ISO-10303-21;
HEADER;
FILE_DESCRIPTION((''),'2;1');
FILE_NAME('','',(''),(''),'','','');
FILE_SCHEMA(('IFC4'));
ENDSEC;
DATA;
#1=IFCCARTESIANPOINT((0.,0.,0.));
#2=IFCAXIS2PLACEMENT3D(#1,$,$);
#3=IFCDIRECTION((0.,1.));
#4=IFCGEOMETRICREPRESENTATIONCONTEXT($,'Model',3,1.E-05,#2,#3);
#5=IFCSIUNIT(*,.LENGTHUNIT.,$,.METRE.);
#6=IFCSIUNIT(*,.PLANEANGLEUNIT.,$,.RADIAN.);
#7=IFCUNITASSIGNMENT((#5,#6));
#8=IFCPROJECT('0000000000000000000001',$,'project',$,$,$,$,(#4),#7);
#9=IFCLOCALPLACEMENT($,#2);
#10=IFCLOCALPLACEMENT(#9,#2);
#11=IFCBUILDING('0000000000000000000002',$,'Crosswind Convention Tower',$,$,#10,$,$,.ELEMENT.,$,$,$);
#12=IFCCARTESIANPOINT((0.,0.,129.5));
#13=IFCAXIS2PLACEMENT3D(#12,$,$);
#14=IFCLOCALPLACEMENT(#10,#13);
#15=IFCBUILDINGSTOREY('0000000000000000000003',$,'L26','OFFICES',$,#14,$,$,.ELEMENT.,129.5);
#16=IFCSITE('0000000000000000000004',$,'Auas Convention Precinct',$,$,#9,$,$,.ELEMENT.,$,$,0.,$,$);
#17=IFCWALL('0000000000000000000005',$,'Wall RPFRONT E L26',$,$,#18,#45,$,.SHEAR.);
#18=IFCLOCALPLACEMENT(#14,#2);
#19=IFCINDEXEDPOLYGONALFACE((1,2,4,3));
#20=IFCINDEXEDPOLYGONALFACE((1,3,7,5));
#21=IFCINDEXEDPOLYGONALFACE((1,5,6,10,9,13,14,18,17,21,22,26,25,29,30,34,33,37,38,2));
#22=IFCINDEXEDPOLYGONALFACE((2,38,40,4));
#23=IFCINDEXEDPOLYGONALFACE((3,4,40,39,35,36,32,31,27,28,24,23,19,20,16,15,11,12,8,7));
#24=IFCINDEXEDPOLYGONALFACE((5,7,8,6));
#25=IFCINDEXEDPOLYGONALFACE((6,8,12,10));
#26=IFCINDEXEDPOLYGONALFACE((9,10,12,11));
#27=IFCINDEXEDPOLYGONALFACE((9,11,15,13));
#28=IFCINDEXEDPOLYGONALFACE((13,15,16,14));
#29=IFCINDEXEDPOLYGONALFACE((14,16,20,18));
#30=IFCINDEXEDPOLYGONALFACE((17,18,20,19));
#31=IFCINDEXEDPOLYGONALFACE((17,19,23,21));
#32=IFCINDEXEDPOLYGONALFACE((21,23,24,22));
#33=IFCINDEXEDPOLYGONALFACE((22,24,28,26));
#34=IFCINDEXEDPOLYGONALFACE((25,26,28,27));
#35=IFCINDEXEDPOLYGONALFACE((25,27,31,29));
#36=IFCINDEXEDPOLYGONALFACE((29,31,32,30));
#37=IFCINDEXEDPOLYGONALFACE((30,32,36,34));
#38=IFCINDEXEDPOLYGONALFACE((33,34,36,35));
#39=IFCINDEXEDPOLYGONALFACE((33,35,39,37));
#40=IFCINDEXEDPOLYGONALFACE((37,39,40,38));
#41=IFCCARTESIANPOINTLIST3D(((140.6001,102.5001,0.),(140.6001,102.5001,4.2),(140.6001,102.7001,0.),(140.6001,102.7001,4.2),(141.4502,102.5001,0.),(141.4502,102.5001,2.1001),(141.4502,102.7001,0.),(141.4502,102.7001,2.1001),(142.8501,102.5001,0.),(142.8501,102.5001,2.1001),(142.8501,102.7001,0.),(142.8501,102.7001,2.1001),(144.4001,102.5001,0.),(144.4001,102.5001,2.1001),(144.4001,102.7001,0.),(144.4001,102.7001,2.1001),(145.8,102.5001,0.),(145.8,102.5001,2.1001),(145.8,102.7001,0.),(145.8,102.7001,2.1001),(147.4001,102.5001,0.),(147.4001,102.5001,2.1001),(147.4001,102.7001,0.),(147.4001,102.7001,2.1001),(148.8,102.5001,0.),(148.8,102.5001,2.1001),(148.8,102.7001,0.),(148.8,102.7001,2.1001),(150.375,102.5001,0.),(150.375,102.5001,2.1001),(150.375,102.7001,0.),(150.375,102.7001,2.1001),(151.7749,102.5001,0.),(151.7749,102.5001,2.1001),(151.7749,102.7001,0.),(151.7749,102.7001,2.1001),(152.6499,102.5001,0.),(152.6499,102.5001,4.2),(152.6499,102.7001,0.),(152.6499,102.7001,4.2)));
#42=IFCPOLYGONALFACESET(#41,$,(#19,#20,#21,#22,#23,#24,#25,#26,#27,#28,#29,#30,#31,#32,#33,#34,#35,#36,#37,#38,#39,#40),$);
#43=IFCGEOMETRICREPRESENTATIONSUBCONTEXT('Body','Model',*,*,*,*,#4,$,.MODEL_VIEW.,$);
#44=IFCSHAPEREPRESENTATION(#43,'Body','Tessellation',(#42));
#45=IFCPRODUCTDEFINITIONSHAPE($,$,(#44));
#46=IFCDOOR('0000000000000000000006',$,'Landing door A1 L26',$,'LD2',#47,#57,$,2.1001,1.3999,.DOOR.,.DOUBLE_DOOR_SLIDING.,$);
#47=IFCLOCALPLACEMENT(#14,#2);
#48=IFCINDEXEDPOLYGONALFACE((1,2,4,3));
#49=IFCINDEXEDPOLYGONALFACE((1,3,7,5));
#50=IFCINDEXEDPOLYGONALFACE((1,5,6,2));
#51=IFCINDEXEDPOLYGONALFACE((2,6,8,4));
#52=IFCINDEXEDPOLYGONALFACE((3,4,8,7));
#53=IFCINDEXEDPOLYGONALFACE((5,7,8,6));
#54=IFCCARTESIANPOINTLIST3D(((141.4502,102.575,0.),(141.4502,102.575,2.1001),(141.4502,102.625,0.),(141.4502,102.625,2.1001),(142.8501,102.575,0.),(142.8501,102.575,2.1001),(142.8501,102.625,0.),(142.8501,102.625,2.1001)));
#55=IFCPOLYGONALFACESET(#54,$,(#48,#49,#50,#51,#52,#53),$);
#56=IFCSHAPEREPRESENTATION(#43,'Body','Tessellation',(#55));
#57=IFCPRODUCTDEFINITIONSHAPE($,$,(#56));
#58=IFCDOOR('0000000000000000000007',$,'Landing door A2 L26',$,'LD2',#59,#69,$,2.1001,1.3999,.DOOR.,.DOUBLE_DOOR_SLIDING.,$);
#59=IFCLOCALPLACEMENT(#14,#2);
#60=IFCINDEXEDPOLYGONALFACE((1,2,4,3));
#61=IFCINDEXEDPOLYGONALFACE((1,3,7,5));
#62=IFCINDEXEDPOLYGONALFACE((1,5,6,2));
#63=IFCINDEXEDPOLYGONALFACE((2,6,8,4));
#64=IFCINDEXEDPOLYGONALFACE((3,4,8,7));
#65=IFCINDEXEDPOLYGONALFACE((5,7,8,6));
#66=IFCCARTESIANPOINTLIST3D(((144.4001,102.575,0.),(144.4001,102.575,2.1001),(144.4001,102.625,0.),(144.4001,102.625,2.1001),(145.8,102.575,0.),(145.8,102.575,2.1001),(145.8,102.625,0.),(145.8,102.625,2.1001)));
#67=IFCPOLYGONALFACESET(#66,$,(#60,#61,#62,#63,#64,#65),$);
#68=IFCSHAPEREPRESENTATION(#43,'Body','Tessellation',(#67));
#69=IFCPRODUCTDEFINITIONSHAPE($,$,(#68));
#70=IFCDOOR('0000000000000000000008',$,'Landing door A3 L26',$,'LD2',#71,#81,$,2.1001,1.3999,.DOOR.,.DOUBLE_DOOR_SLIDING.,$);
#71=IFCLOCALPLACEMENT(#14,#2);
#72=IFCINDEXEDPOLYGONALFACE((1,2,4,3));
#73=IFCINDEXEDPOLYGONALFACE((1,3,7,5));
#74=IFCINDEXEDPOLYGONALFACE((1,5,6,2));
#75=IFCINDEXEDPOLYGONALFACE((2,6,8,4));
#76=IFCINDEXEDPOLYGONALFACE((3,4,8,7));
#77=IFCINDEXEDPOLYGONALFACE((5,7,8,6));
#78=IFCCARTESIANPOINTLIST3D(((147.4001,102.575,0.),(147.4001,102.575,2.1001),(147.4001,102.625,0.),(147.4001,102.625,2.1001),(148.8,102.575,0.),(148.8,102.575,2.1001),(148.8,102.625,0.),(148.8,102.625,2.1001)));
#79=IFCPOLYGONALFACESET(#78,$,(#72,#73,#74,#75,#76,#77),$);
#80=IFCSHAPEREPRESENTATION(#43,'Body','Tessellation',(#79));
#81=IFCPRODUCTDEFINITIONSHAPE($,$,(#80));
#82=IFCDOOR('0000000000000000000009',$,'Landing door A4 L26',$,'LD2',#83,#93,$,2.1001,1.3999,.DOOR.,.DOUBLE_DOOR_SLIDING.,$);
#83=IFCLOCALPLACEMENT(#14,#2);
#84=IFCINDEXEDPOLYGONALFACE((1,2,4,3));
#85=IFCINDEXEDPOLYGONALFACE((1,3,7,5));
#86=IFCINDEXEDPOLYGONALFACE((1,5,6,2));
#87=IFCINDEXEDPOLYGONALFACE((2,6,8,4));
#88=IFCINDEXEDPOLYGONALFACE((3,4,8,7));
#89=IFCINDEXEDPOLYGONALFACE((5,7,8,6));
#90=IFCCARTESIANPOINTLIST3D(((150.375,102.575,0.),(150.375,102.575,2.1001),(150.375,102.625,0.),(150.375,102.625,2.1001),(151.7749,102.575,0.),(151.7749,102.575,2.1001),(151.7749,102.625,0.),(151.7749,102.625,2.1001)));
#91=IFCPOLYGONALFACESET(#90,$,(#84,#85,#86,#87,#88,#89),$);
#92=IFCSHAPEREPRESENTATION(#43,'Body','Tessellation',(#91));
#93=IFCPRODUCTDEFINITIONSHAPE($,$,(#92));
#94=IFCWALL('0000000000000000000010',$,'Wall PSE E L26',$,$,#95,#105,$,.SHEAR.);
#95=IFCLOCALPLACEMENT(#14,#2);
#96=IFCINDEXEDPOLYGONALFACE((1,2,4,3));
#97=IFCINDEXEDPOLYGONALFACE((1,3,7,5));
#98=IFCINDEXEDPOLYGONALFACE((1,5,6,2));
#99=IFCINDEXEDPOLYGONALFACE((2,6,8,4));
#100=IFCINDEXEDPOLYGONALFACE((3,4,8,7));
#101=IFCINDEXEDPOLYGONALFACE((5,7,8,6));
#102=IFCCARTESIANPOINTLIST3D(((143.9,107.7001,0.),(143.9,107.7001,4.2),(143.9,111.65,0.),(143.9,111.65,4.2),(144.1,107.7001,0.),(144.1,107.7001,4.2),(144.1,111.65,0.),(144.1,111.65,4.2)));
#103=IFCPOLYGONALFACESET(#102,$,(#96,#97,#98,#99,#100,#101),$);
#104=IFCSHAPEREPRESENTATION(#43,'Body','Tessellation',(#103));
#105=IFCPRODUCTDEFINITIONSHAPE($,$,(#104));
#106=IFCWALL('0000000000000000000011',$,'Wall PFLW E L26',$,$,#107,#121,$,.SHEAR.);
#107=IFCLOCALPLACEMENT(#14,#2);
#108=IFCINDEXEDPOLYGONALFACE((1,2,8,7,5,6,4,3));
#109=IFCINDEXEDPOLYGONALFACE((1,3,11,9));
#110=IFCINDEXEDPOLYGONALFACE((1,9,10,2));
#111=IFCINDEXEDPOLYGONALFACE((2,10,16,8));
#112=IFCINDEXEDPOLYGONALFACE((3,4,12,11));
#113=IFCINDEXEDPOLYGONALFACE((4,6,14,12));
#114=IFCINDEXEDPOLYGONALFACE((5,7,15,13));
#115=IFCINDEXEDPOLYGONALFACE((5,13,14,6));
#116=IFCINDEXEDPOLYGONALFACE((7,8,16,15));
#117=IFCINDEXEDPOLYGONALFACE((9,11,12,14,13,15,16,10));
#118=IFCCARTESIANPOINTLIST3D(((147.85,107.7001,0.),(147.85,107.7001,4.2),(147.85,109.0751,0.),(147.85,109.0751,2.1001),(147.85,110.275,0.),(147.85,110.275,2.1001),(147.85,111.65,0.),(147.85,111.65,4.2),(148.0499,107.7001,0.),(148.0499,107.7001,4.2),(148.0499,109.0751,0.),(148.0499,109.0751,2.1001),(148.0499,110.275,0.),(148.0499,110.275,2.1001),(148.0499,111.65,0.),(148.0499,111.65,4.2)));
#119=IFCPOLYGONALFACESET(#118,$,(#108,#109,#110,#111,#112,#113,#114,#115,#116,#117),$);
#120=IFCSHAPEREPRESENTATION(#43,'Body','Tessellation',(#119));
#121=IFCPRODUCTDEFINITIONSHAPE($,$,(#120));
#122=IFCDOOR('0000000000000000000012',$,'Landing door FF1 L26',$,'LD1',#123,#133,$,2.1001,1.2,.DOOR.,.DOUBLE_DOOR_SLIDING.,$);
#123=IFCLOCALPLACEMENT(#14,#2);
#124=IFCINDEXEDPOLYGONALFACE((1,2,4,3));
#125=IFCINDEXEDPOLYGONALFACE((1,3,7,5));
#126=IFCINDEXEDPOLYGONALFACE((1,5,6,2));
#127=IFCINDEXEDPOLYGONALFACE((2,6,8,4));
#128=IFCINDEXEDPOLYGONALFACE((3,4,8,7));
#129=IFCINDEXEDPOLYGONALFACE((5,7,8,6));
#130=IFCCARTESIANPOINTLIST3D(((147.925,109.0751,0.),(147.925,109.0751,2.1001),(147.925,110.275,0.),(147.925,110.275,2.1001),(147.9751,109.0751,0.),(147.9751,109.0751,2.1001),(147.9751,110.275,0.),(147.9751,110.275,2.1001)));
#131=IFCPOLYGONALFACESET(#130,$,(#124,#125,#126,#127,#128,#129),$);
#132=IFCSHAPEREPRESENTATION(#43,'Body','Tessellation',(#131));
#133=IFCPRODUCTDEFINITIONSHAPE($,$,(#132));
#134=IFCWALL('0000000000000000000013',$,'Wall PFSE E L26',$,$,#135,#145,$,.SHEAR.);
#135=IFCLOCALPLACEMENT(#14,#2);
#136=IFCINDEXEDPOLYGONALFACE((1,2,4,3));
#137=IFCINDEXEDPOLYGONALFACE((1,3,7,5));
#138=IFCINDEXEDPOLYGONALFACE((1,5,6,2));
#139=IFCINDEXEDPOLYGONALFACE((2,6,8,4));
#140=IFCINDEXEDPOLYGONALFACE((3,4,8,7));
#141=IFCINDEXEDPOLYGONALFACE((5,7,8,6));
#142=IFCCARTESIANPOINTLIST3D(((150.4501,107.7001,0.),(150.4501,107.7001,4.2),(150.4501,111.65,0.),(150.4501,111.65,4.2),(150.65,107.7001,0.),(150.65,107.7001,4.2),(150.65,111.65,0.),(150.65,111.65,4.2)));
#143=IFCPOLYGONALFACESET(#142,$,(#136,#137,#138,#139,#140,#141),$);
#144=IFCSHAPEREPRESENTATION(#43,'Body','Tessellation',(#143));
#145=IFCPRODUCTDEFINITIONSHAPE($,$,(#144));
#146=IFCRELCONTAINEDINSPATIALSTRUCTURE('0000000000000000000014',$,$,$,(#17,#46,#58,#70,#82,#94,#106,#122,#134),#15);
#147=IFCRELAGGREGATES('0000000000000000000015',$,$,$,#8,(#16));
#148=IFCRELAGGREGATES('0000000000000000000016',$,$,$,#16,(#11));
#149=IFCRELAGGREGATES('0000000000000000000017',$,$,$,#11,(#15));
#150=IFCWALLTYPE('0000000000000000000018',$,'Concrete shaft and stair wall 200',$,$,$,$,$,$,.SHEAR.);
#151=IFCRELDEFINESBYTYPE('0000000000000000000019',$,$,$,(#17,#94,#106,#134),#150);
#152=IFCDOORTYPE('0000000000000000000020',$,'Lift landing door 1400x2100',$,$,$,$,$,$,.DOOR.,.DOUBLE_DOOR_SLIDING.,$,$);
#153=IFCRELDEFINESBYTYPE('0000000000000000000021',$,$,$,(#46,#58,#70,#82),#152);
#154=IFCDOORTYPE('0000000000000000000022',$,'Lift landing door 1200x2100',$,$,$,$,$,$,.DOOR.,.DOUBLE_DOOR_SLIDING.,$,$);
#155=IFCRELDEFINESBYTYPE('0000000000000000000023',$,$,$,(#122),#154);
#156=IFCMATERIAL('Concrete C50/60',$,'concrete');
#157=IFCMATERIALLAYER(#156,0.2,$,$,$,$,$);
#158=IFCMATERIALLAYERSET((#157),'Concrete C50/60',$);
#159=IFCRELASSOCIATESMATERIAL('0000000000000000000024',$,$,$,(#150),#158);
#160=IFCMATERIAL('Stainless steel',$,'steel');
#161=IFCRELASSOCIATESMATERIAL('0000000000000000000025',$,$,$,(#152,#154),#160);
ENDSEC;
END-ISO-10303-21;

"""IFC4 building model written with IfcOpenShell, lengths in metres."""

from ifc_helpers import new_model, si_unit, direction, frame, frame_2d, origin, place, context, subcontext, project, spatial, rectangle, extrude, material, layer, layer_set, type_object, element, fill, save


model = new_model("IFC4")

# Units and contexts
model_context = context("Model", 3, precision=1e-05, world=origin(), true_north=direction((0.0, 1.0)))
body_context = subcontext(model_context, "Body", "Model", "MODEL_VIEW")
ifc_project = project(units=[si_unit("LENGTHUNIT", "METRE"), si_unit("PLANEANGLEUNIT", "RADIAN")], contexts=[model_context])

# Site, building, storey
site_placement = place(None, origin())
site = spatial("IfcSite", under=ifc_project, at=site_placement, Name="Auas Convention Precinct", CompositionType="ELEMENT", RefElevation=0.0)
building_placement = place(site_placement, origin())
building = spatial("IfcBuilding", under=site, at=building_placement, Name="Crosswind Convention Tower", CompositionType="ELEMENT")
storey_placement = place(building_placement, frame((0.0, 0.0, 129.5)))
storey = spatial("IfcBuildingStorey", under=building, at=storey_placement, Name="L26", Description="OFFICES", CompositionType="ELEMENT", Elevation=129.5)

# Shared definitions
ifc_material_1 = material(Name="Concrete C50/60", Category="concrete")
ifc_layer_1 = layer(ifc_material_1, 0.2)
ifc_layer_set_1 = layer_set([ifc_layer_1], Name="Concrete C50/60")
wall_type_1 = type_object("IfcWallType", Name="Concrete shaft and stair wall 200", PredefinedType="SHEAR", material=ifc_layer_set_1)

# Wall, openings, doors
wall_1_placement = place(storey_placement, frame((140.6001, 102.6001, 0.0), z_axis=(0.0, 0.0, 1.0), x_axis=(1.0, 0.0, 0.0)))
wall_1 = element("IfcWall", 1, at=wall_1_placement, inside=storey, type_object=wall_type_1, Name="Wall RPFRONT E L26", PredefinedType="SHEAR", context=body_context, shape_type="SweptSolid", body=[
    extrude(rectangle(XDim=12.0498, YDim=0.2, at=frame_2d((6.0249, 0.0))), origin(), (0.0, 0.0, 1.0), 4.2),
])
opening_1_placement = place(wall_1_placement, frame((0.8501, 0.0, 0.0)))
opening_1 = element("IfcOpeningElement", 2, at=opening_1_placement, cuts=wall_1, PredefinedType="OPENING", context=body_context, shape_type="SweptSolid", body=[
    extrude(rectangle(XDim=1.3999, YDim=2.1001, at=frame_2d((0.7, 1.05))), frame((0.0, 0.1099, 0.0), z_axis=(0.0, -1.0, 0.0), x_axis=(1.0, 0.0, 0.0)), (0.0, 0.0, 1.0), 0.22),
])
opening_2_placement = place(wall_1_placement, frame((3.8, 0.0, 0.0)))
opening_2 = element("IfcOpeningElement", 3, at=opening_2_placement, cuts=wall_1, PredefinedType="OPENING", context=body_context, shape_type="SweptSolid", body=[
    extrude(rectangle(XDim=1.3999, YDim=2.1001, at=frame_2d((0.7, 1.05))), frame((0.0, 0.1099, 0.0), z_axis=(0.0, -1.0, 0.0), x_axis=(1.0, 0.0, 0.0)), (0.0, 0.0, 1.0), 0.22),
])
opening_3_placement = place(wall_1_placement, frame((6.8, 0.0, 0.0)))
opening_3 = element("IfcOpeningElement", 4, at=opening_3_placement, cuts=wall_1, PredefinedType="OPENING", context=body_context, shape_type="SweptSolid", body=[
    extrude(rectangle(XDim=1.3999, YDim=2.1001, at=frame_2d((0.7, 1.05))), frame((0.0, 0.1099, 0.0), z_axis=(0.0, -1.0, 0.0), x_axis=(1.0, 0.0, 0.0)), (0.0, 0.0, 1.0), 0.22),
])
opening_4_placement = place(wall_1_placement, frame((9.7749, 0.0, 0.0)))
opening_4 = element("IfcOpeningElement", 5, at=opening_4_placement, cuts=wall_1, PredefinedType="OPENING", context=body_context, shape_type="SweptSolid", body=[
    extrude(rectangle(XDim=1.3999, YDim=2.1001, at=frame_2d((0.7, 1.05))), frame((0.0, 0.1099, 0.0), z_axis=(0.0, -1.0, 0.0), x_axis=(1.0, 0.0, 0.0)), (0.0, 0.0, 1.0), 0.22),
])
ifc_material_2 = material(Name="Stainless steel", Category="steel")
door_type_1 = type_object("IfcDoorType", Name="Lift landing door 1400x2100", OperationType="DOUBLE_DOOR_SLIDING", PredefinedType="DOOR", material=ifc_material_2)
door_1_placement = place(opening_1_placement, origin())
door_1 = element("IfcDoor", 6, at=door_1_placement, inside=storey, type_object=door_type_1, Name="Landing door A1 L26", ObjectType="LD2", OperationType="DOUBLE_DOOR_SLIDING", OverallHeight=2.1001, OverallWidth=1.3999, PredefinedType="DOOR", context=body_context, shape_type="SweptSolid", body=[
    extrude(rectangle(XDim=1.3999, YDim=2.1001, at=frame_2d((0.7, 1.05))), frame((0.0, 0.0249, 0.0), z_axis=(0.0, -1.0, 0.0), x_axis=(1.0, 0.0, 0.0)), (0.0, 0.0, 1.0), 0.05),
])
fill(opening_1, door_1)
door_2_placement = place(opening_2_placement, origin())
door_2 = element("IfcDoor", 7, at=door_2_placement, inside=storey, type_object=door_type_1, Name="Landing door A2 L26", ObjectType="LD2", OperationType="DOUBLE_DOOR_SLIDING", OverallHeight=2.1001, OverallWidth=1.3999, PredefinedType="DOOR", context=body_context, shape_type="SweptSolid", body=[
    extrude(rectangle(XDim=1.3999, YDim=2.1001, at=frame_2d((0.7, 1.05))), frame((0.0, 0.0249, 0.0), z_axis=(0.0, -1.0, 0.0), x_axis=(1.0, 0.0, 0.0)), (0.0, 0.0, 1.0), 0.05),
])
fill(opening_2, door_2)
door_3_placement = place(opening_3_placement, origin())
door_3 = element("IfcDoor", 8, at=door_3_placement, inside=storey, type_object=door_type_1, Name="Landing door A3 L26", ObjectType="LD2", OperationType="DOUBLE_DOOR_SLIDING", OverallHeight=2.1001, OverallWidth=1.3999, PredefinedType="DOOR", context=body_context, shape_type="SweptSolid", body=[
    extrude(rectangle(XDim=1.3999, YDim=2.1001, at=frame_2d((0.7, 1.05))), frame((0.0, 0.0249, 0.0), z_axis=(0.0, -1.0, 0.0), x_axis=(1.0, 0.0, 0.0)), (0.0, 0.0, 1.0), 0.05),
])
fill(opening_3, door_3)
door_4_placement = place(opening_4_placement, origin())
door_4 = element("IfcDoor", 9, at=door_4_placement, inside=storey, type_object=door_type_1, Name="Landing door A4 L26", ObjectType="LD2", OperationType="DOUBLE_DOOR_SLIDING", OverallHeight=2.1001, OverallWidth=1.3999, PredefinedType="DOOR", context=body_context, shape_type="SweptSolid", body=[
    extrude(rectangle(XDim=1.3999, YDim=2.1001, at=frame_2d((0.7, 1.05))), frame((0.0, 0.0249, 0.0), z_axis=(0.0, -1.0, 0.0), x_axis=(1.0, 0.0, 0.0)), (0.0, 0.0, 1.0), 0.05),
])
fill(opening_4, door_4)

# Wall
wall_2_placement = place(storey_placement, frame((144.0, 107.7, 0.0), z_axis=(0.0, 0.0, 1.0), x_axis=(0.0, 1.0, 0.0)))
element("IfcWall", 10, at=wall_2_placement, inside=storey, type_object=wall_type_1, Name="Wall PSE E L26", PredefinedType="SHEAR", context=body_context, shape_type="SweptSolid", body=[
    extrude(rectangle(XDim=3.95, YDim=0.2, at=frame_2d((1.9751, 0.0))), origin(), (0.0, 0.0, 1.0), 4.2),
])

# Wall, opening, door
wall_3_placement = place(storey_placement, frame((147.95, 107.7, 0.0), z_axis=(0.0, 0.0, 1.0), x_axis=(0.0, 1.0, 0.0)))
wall_3 = element("IfcWall", 11, at=wall_3_placement, inside=storey, type_object=wall_type_1, Name="Wall PFLW E L26", PredefinedType="SHEAR", context=body_context, shape_type="SweptSolid", body=[
    extrude(rectangle(XDim=3.95, YDim=0.2, at=frame_2d((1.9751, 0.0))), origin(), (0.0, 0.0, 1.0), 4.2),
])
opening_5_placement = place(wall_3_placement, frame((1.375, 0.0, 0.0)))
opening_5 = element("IfcOpeningElement", 12, at=opening_5_placement, cuts=wall_3, PredefinedType="OPENING", context=body_context, shape_type="SweptSolid", body=[
    extrude(rectangle(XDim=1.2, YDim=2.1001, at=frame_2d((0.6001, 1.05))), frame((0.0, 0.1099, 0.0), z_axis=(0.0, -1.0, 0.0), x_axis=(1.0, 0.0, 0.0)), (0.0, 0.0, 1.0), 0.22),
])
door_type_2 = type_object("IfcDoorType", Name="Lift landing door 1200x2100", OperationType="DOUBLE_DOOR_SLIDING", PredefinedType="DOOR", material=ifc_material_2)
door_5_placement = place(opening_5_placement, origin())
door_5 = element("IfcDoor", 13, at=door_5_placement, inside=storey, type_object=door_type_2, Name="Landing door FF1 L26", ObjectType="LD1", OperationType="DOUBLE_DOOR_SLIDING", OverallHeight=2.1001, OverallWidth=1.2, PredefinedType="DOOR", context=body_context, shape_type="SweptSolid", body=[
    extrude(rectangle(XDim=1.2, YDim=2.1001, at=frame_2d((0.6001, 1.05))), frame((0.0, 0.0249, 0.0), z_axis=(0.0, -1.0, 0.0), x_axis=(1.0, 0.0, 0.0)), (0.0, 0.0, 1.0), 0.05),
])
fill(opening_5, door_5)

# Wall
wall_4_placement = place(storey_placement, frame((150.55, 107.7, 0.0), z_axis=(0.0, 0.0, 1.0), x_axis=(0.0, 1.0, 0.0)))
element("IfcWall", 14, at=wall_4_placement, inside=storey, type_object=wall_type_1, Name="Wall PFSE E L26", PredefinedType="SHEAR", context=body_context, shape_type="SweptSolid", body=[
    extrude(rectangle(XDim=3.95, YDim=0.2, at=frame_2d((1.9751, 0.0))), origin(), (0.0, 0.0, 1.0), 4.2),
])

save(model, "model.ifc")
